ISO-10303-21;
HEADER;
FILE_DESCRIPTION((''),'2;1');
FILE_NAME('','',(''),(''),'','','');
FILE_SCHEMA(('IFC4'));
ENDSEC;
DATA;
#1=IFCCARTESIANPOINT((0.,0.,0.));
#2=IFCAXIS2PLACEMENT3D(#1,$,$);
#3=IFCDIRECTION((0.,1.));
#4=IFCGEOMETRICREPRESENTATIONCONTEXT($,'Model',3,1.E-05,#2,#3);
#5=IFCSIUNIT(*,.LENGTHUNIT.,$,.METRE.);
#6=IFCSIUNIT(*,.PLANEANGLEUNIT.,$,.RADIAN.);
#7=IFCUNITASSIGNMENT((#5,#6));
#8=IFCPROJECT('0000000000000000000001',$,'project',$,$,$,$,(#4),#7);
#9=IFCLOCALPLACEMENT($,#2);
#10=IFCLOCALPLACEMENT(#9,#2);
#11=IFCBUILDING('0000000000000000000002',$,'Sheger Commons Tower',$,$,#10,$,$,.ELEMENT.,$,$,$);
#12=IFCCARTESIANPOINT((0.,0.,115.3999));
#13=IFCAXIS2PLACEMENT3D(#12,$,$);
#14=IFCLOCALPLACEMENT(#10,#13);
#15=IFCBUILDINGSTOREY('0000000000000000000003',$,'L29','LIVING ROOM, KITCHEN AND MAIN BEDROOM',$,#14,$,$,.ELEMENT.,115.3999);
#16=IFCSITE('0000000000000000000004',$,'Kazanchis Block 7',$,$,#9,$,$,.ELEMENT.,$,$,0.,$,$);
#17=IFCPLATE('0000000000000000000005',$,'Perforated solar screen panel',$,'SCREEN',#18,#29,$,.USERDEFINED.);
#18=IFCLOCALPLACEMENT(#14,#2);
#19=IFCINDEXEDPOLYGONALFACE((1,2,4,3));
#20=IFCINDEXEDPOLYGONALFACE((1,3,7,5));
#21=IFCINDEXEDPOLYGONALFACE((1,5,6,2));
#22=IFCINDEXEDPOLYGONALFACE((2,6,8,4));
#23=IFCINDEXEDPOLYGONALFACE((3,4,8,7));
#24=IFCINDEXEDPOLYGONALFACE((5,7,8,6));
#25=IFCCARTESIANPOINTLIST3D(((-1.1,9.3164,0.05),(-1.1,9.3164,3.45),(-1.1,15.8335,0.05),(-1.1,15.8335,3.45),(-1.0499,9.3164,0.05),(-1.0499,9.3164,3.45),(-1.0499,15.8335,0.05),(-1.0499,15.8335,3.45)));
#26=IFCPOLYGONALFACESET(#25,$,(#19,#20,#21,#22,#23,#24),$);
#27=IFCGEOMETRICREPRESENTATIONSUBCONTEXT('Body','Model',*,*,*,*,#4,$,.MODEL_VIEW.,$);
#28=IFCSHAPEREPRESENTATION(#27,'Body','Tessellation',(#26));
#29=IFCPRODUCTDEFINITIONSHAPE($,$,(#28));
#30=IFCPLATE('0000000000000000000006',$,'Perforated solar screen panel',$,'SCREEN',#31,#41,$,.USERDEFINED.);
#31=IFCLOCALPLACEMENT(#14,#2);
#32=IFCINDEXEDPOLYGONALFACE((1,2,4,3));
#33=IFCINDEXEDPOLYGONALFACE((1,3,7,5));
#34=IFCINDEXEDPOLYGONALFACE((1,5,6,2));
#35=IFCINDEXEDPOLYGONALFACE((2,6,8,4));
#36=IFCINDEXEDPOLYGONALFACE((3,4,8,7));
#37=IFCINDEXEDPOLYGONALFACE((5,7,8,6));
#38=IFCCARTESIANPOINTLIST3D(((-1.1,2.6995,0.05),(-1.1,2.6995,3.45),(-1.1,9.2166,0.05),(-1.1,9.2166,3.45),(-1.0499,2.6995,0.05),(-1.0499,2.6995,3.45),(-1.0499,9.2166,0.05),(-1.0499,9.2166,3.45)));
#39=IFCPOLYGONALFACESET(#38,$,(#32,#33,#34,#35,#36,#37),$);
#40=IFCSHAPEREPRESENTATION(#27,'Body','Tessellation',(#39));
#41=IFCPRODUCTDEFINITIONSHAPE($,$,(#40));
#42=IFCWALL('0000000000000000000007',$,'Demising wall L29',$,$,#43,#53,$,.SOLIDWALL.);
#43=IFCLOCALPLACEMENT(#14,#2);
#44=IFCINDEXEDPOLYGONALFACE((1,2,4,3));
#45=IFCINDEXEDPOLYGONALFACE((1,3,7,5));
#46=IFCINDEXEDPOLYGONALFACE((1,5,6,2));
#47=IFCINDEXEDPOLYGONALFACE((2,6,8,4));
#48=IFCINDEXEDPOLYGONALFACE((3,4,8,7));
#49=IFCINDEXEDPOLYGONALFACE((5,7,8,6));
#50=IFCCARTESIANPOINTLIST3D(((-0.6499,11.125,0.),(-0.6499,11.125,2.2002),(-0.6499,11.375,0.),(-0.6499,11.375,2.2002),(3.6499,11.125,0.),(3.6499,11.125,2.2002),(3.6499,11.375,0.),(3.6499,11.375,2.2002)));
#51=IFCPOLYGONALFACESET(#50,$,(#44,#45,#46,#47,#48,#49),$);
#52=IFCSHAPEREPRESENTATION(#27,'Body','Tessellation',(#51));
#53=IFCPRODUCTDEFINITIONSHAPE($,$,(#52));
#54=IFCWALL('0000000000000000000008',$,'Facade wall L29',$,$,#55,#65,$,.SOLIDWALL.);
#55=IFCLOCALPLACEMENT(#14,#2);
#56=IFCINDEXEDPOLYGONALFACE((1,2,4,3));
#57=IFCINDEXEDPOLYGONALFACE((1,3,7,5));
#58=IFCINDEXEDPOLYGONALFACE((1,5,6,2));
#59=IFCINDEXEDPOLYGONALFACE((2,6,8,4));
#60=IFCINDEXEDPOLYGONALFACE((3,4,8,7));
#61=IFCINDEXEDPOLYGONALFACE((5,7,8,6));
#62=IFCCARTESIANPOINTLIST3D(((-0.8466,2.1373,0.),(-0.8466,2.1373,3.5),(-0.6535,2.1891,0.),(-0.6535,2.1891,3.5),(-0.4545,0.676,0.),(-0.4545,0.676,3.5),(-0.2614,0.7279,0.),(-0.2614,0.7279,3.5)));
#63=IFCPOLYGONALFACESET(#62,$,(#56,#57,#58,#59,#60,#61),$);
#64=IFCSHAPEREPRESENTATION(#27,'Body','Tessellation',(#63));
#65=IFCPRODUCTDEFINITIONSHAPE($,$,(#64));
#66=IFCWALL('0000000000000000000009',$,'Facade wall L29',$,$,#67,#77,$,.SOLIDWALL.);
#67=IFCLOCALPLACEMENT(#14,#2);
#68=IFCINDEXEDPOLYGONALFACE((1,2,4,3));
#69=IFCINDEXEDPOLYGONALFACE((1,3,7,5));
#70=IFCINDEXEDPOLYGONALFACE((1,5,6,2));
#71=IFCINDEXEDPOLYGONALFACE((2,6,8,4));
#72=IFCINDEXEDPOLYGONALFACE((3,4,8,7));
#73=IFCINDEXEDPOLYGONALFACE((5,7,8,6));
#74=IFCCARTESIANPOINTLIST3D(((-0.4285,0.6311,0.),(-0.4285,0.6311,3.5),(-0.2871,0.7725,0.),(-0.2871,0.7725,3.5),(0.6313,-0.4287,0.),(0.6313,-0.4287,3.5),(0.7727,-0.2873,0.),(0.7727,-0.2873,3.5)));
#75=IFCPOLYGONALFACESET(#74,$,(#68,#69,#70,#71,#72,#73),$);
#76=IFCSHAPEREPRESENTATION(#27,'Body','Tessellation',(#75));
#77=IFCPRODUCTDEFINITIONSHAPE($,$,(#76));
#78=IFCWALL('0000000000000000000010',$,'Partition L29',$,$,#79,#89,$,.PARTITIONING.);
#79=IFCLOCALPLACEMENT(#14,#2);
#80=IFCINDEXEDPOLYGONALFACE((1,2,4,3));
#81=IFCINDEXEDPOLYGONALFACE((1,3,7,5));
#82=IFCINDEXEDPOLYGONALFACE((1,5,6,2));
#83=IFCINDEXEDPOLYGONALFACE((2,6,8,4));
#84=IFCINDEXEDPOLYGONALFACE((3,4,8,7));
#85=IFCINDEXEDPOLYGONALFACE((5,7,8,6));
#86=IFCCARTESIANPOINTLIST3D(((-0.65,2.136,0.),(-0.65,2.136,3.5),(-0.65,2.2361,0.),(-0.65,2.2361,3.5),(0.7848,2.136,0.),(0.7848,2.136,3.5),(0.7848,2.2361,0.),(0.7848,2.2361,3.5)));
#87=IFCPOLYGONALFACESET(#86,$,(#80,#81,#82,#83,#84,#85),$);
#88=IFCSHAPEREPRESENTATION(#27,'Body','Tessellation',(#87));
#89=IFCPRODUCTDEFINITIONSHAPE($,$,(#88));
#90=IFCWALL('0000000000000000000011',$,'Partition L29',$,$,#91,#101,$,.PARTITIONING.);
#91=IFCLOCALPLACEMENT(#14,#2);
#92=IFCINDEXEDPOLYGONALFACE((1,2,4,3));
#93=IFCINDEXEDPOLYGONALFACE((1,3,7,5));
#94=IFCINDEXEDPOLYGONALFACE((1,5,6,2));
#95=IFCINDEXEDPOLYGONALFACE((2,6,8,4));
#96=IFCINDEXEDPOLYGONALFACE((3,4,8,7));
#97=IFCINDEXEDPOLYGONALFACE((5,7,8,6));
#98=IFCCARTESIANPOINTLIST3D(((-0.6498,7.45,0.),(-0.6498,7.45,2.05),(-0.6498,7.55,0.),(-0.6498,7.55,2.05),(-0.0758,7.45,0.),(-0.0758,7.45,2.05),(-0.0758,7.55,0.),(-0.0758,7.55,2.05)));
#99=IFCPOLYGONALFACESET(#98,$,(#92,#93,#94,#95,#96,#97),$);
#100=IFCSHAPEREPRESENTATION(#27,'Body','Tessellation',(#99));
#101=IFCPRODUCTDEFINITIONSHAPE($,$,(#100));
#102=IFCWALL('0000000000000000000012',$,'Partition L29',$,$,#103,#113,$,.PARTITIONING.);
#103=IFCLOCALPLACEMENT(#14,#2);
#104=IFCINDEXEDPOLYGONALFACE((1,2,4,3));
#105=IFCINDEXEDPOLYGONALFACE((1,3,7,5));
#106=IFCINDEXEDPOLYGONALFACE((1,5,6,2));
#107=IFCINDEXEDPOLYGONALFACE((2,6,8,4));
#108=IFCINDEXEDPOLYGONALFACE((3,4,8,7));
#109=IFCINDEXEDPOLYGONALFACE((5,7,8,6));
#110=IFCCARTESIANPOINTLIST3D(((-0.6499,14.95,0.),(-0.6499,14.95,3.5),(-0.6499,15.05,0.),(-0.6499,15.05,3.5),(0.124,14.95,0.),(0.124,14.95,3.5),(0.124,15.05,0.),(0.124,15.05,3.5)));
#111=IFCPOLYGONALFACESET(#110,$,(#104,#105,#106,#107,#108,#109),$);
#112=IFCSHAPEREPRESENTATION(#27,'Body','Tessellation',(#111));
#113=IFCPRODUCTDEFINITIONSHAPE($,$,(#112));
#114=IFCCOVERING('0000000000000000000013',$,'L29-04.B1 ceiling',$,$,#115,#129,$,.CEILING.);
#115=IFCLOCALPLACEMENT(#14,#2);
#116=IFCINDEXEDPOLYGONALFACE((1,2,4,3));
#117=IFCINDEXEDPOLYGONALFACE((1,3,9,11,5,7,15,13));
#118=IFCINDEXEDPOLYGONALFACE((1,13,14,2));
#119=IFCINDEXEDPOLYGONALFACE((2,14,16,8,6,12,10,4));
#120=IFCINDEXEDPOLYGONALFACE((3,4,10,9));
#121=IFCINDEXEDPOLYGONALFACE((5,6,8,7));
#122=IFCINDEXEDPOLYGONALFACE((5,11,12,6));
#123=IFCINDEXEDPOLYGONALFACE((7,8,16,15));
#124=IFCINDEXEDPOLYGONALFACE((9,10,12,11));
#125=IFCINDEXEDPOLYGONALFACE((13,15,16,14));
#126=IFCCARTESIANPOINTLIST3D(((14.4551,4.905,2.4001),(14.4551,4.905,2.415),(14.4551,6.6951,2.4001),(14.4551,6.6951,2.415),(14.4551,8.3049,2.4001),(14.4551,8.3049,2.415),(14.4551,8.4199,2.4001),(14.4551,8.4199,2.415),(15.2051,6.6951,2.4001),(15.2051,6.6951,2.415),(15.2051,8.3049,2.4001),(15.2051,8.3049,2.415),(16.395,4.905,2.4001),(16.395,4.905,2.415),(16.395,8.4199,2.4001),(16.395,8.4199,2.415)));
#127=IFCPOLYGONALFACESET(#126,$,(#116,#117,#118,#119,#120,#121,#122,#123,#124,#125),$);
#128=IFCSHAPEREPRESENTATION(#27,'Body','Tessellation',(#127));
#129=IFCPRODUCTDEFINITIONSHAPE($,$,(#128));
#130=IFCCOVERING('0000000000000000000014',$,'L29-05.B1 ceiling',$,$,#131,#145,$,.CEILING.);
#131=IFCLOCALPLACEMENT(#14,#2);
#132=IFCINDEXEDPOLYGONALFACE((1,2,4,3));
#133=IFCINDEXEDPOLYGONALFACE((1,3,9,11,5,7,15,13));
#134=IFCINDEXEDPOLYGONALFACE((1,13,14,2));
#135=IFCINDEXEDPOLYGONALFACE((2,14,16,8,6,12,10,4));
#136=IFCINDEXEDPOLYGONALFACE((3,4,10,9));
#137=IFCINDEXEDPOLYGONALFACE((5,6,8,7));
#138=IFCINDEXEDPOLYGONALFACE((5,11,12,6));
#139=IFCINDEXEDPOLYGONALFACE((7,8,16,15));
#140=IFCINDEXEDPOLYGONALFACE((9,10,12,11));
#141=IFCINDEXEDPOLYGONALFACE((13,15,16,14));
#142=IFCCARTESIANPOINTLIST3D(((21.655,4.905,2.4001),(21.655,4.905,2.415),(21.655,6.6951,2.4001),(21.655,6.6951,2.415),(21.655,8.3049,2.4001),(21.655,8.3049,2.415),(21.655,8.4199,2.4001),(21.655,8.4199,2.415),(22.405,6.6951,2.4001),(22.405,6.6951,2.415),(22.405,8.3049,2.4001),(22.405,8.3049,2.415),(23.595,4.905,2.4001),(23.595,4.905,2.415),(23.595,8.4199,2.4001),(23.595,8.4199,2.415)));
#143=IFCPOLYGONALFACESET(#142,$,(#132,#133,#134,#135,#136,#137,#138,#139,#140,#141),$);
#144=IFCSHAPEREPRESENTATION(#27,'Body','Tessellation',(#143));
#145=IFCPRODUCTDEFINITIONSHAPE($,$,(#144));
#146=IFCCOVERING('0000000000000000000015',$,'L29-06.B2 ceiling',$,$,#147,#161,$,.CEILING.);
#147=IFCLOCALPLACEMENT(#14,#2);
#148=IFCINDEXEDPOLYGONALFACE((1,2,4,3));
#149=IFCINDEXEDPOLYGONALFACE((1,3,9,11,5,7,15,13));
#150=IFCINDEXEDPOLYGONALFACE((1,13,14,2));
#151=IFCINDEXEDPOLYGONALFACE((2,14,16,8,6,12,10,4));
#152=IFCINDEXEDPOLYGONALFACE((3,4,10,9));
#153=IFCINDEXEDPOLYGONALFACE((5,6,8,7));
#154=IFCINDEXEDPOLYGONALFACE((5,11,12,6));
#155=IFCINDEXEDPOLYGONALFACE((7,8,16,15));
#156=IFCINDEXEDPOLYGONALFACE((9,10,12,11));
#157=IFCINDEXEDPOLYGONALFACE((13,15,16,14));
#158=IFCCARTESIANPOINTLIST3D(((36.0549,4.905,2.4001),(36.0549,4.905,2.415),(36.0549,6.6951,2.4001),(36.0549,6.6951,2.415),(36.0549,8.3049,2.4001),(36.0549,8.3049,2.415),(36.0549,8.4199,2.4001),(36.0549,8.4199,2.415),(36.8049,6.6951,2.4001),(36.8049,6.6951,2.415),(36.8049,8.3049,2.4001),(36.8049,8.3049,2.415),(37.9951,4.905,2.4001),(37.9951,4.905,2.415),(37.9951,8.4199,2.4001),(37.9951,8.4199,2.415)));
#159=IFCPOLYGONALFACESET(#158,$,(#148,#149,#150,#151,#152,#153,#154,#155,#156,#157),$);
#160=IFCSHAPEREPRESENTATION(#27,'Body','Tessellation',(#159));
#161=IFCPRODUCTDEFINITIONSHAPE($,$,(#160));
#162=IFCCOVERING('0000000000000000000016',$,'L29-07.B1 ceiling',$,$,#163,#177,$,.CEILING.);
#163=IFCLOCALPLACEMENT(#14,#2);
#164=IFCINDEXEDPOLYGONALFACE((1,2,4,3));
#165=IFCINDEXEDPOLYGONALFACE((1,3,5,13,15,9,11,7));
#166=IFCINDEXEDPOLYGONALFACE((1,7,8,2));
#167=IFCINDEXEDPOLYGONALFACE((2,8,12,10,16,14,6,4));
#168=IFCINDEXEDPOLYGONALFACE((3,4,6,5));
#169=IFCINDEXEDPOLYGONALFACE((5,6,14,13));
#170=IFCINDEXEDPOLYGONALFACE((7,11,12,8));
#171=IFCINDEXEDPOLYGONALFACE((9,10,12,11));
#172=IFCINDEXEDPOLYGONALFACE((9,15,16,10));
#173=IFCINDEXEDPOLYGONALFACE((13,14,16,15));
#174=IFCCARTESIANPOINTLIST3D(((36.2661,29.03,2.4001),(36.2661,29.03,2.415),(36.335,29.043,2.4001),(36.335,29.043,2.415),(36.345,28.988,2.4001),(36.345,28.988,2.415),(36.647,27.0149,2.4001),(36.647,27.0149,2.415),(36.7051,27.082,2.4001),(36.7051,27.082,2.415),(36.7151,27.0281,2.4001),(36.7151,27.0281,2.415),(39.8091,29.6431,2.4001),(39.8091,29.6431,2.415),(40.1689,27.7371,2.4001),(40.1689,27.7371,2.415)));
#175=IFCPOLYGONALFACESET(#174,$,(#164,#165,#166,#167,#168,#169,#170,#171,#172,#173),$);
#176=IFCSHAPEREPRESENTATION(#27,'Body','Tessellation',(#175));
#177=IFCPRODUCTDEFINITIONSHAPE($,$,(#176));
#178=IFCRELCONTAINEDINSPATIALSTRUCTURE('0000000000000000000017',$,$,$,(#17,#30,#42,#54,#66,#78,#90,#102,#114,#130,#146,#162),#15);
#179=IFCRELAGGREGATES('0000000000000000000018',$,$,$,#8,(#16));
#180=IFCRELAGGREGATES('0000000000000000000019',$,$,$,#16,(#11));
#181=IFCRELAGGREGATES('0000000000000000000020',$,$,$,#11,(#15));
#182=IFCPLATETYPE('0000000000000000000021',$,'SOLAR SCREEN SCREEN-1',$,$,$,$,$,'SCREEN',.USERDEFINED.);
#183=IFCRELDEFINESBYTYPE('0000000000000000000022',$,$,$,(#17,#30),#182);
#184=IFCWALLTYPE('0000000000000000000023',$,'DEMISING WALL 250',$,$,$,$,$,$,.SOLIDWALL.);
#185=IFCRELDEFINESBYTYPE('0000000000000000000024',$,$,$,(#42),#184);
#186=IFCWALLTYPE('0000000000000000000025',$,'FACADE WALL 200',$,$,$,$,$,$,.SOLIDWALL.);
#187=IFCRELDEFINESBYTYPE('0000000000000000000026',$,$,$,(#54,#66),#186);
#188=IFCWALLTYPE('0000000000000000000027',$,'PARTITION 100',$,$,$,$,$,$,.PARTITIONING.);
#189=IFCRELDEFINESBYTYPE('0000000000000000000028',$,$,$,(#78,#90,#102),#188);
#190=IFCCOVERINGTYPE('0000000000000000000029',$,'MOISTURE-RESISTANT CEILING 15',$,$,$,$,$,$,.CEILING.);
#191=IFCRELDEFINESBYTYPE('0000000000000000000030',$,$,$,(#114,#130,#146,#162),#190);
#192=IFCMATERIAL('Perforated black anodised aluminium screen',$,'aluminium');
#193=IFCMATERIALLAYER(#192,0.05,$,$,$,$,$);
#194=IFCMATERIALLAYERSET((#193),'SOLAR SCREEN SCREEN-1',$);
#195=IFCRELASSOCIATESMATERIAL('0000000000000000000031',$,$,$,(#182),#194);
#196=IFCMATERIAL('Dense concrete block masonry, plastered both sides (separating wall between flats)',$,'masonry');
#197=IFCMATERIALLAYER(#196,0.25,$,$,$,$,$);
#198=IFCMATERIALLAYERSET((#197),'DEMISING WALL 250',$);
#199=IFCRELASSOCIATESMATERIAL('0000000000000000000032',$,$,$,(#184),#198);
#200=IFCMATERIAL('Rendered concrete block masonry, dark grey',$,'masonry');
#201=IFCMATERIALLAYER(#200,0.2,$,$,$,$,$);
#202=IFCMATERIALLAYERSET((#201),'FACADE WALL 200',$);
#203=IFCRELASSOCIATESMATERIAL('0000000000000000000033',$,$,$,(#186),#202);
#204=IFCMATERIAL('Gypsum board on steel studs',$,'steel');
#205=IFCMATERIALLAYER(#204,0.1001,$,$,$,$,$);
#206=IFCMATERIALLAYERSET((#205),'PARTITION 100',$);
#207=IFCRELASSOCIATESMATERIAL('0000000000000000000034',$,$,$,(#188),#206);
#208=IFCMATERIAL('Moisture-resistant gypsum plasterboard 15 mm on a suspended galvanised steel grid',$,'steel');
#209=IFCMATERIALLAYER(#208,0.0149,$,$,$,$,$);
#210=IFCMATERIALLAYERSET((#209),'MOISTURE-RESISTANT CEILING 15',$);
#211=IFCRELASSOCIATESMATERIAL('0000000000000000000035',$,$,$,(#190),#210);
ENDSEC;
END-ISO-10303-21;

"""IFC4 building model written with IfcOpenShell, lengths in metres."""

from ifc_helpers import new_model, si_unit, direction, frame, frame_2d, origin, origin_2d, place, context, subcontext, project, spatial, polyline, rectangle, outline, extrude, material, layer, layer_set, type_object, element, save


model = new_model("IFC4")

# Units and contexts
model_context = context("Model", 3, precision=1e-05, world=origin(), true_north=direction((0.0, 1.0)))
body_context = subcontext(model_context, "Body", "Model", "MODEL_VIEW")
ifc_project = project(units=[si_unit("LENGTHUNIT", "METRE"), si_unit("PLANEANGLEUNIT", "RADIAN")], contexts=[model_context])

# Site, building, storey
site_placement = place(None, origin())
site = spatial("IfcSite", under=ifc_project, at=site_placement, Name="Kazanchis Block 7", CompositionType="ELEMENT", RefElevation=0.0)
building_placement = place(site_placement, origin())
building = spatial("IfcBuilding", under=site, at=building_placement, Name="Sheger Commons Tower", CompositionType="ELEMENT")
storey_placement = place(building_placement, frame((0.0, 0.0, 115.3999)))
storey = spatial("IfcBuildingStorey", under=building, at=storey_placement, Name="L29", Description="LIVING ROOM, KITCHEN AND MAIN BEDROOM", CompositionType="ELEMENT", Elevation=115.3999)

# Plates
ifc_material_1 = material(Name="Perforated black anodised aluminium screen", Category="aluminium")
ifc_layer_1 = layer(ifc_material_1, 0.05)
ifc_layer_set_1 = layer_set([ifc_layer_1], Name="SOLAR SCREEN SCREEN-1")
plate_type = type_object("IfcPlateType", Name="SOLAR SCREEN SCREEN-1", ElementType="SCREEN", PredefinedType="USERDEFINED", material=ifc_layer_set_1)
for number, where, z_axis, x_axis, name in (
    (1, (-1.075, 12.575, 0.05), (0.0, 0.0, 1.0), (0.0, -1.0, 0.0), "Perforated solar screen panel"),
    (2, (-1.075, 5.958, 0.05), (0.0, 0.0, 1.0), (0.0, -1.0, 0.0), "Perforated solar screen panel"),
):
    element("IfcPlate", number, at=place(storey_placement, frame(where, z_axis=z_axis, x_axis=x_axis)), inside=storey, type_object=plate_type, Name=name, ObjectType="SCREEN", PredefinedType="USERDEFINED", context=body_context, shape_type="SweptSolid", body=[
        extrude(rectangle(XDim=6.5171, YDim=0.05, at=origin_2d()), origin(), (0.0, 0.0, 1.0), 3.3999),
    ])

# Walls
ifc_material_2 = material(Name="Dense concrete block masonry, plastered both sides (separating wall between flats)", Category="masonry")
ifc_layer_2 = layer(ifc_material_2, 0.25)
ifc_layer_set_2 = layer_set([ifc_layer_2], Name="DEMISING WALL 250")
wall_type_1 = type_object("IfcWallType", Name="DEMISING WALL 250", PredefinedType="SOLIDWALL", material=ifc_layer_set_2)
wall_1_placement = place(storey_placement, frame((-0.6499, 11.25, 0.0), z_axis=(0.0, 0.0, 1.0), x_axis=(1.0, 0.0, 0.0)))
element("IfcWall", 3, at=wall_1_placement, inside=storey, type_object=wall_type_1, Name="Demising wall L29", PredefinedType="SOLIDWALL", context=body_context, shape_type="SweptSolid", body=[
    extrude(rectangle(XDim=4.2998, YDim=0.25, at=frame_2d((2.1499, 0.0))), origin(), (0.0, 0.0, 1.0), 2.2002),
])
ifc_material_3 = material(Name="Rendered concrete block masonry, dark grey", Category="masonry")
ifc_layer_3 = layer(ifc_material_3, 0.2)
ifc_layer_set_3 = layer_set([ifc_layer_3], Name="FACADE WALL 200")
wall_type_2 = type_object("IfcWallType", Name="FACADE WALL 200", PredefinedType="SOLIDWALL", material=ifc_layer_set_3)
wall_2_placement = place(storey_placement, frame((-0.75, 2.1631, 0.0), z_axis=(0.0, 0.0, 1.0), x_axis=(0.259169, -0.965832, 0.0)))
element("IfcWall", 4, at=wall_2_placement, inside=storey, type_object=wall_type_2, Name="Facade wall L29", PredefinedType="SOLIDWALL", context=body_context, shape_type="SweptSolid", body=[
    extrude(rectangle(XDim=1.5129, YDim=0.2, at=frame_2d((0.7563, 0.0))), origin(), (0.0, 0.0, 1.0), 3.5),
])
wall_3_placement = place(storey_placement, frame((-0.3579, 0.7019, 0.0), z_axis=(0.0, 0.0, 1.0), x_axis=(0.707107, -0.707107, 0.0)))
element("IfcWall", 5, at=wall_3_placement, inside=storey, type_object=wall_type_2, Name="Facade wall L29", PredefinedType="SOLIDWALL", context=body_context, shape_type="SweptSolid", body=[
    extrude(rectangle(XDim=1.4988, YDim=0.2, at=frame_2d((0.7495, 0.0))), origin(), (0.0, 0.0, 1.0), 3.5),
])
ifc_material_4 = material(Name="Gypsum board on steel studs", Category="steel")
ifc_layer_4 = layer(ifc_material_4, 0.1001)
ifc_layer_set_4 = layer_set([ifc_layer_4], Name="PARTITION 100")
wall_type_3 = type_object("IfcWallType", Name="PARTITION 100", PredefinedType="PARTITIONING", material=ifc_layer_set_4)
wall_4_placement = place(storey_placement, frame((-0.6499, 2.186, 0.0), z_axis=(0.0, 0.0, 1.0), x_axis=(1.0, 0.0, 0.0)))
element("IfcWall", 6, at=wall_4_placement, inside=storey, type_object=wall_type_3, Name="Partition L29", PredefinedType="PARTITIONING", context=body_context, shape_type="SweptSolid", body=[
    extrude(rectangle(XDim=1.4348, YDim=0.1001, at=frame_2d((0.7173, 0.0))), origin(), (0.0, 0.0, 1.0), 3.5),
])
wall_5_placement = place(storey_placement, frame((-0.6499, 7.5, 0.0), z_axis=(0.0, 0.0, 1.0), x_axis=(1.0, 0.0, 0.0)))
element("IfcWall", 7, at=wall_5_placement, inside=storey, type_object=wall_type_3, Name="Partition L29", PredefinedType="PARTITIONING", context=body_context, shape_type="SweptSolid", body=[
    extrude(rectangle(XDim=0.574, YDim=0.1001, at=frame_2d((0.2871, 0.0))), origin(), (0.0, 0.0, 1.0), 2.05),
])
wall_6_placement = place(storey_placement, frame((-0.6499, 15.0, 0.0), z_axis=(0.0, 0.0, 1.0), x_axis=(1.0, 0.0, 0.0)))
element("IfcWall", 8, at=wall_6_placement, inside=storey, type_object=wall_type_3, Name="Partition L29", PredefinedType="PARTITIONING", context=body_context, shape_type="SweptSolid", body=[
    extrude(rectangle(XDim=0.7739, YDim=0.1001, at=frame_2d((0.387, 0.0))), origin(), (0.0, 0.0, 1.0), 3.5),
])

# Coverings
ifc_material_5 = material(Name="Moisture-resistant gypsum plasterboard 15 mm on a suspended galvanised steel grid", Category="steel")
ifc_layer_5 = layer(ifc_material_5, 0.0149)
ifc_layer_set_5 = layer_set([ifc_layer_5], Name="MOISTURE-RESISTANT CEILING 15")
covering_type_1 = type_object("IfcCoveringType", Name="MOISTURE-RESISTANT CEILING 15", PredefinedType="CEILING", material=ifc_layer_set_5)
covering_1_placement = place(storey_placement, frame((0.0, 0.0, 2.4001)))
element("IfcCovering", 9, at=covering_1_placement, inside=storey, type_object=covering_type_1, Name="L29-04.B1 ceiling", PredefinedType="CEILING", context=body_context, shape_type="SweptSolid", body=[
    extrude(outline(polyline([(14.4551, 4.905), (16.395, 4.905), (16.395, 8.4199), (14.4551, 8.4199), (14.4551, 8.3049), (15.2051, 8.3049), (15.2051, 6.6951), (14.4551, 6.6951), (14.4551, 4.905)])), origin(), (0.0, 0.0, 1.0), 0.0149),
])
covering_2_placement = place(storey_placement, frame((0.0, 0.0, 2.4001)))
element("IfcCovering", 10, at=covering_2_placement, inside=storey, type_object=covering_type_1, Name="L29-05.B1 ceiling", PredefinedType="CEILING", context=body_context, shape_type="SweptSolid", body=[
    extrude(outline(polyline([(21.655, 4.905), (23.595, 4.905), (23.595, 8.4199), (21.655, 8.4199), (21.655, 8.3049), (22.405, 8.3049), (22.405, 6.6951), (21.655, 6.6951), (21.655, 4.905)])), origin(), (0.0, 0.0, 1.0), 0.0149),
])
covering_3_placement = place(storey_placement, frame((0.0, 0.0, 2.4001)))
element("IfcCovering", 11, at=covering_3_placement, inside=storey, type_object=covering_type_1, Name="L29-06.B2 ceiling", PredefinedType="CEILING", context=body_context, shape_type="SweptSolid", body=[
    extrude(outline(polyline([(36.0549, 4.905), (37.9951, 4.905), (37.9951, 8.4199), (36.0549, 8.4199), (36.0549, 8.3049), (36.8049, 8.3049), (36.8049, 6.6951), (36.0549, 6.6951), (36.0549, 4.905)])), origin(), (0.0, 0.0, 1.0), 0.0149),
])
covering_4_placement = place(storey_placement, frame((0.0, 0.0, 2.4001)))
element("IfcCovering", 12, at=covering_4_placement, inside=storey, type_object=covering_type_1, Name="L29-07.B1 ceiling", PredefinedType="CEILING", context=body_context, shape_type="SweptSolid", body=[
    extrude(outline(polyline([(36.647, 27.0149), (36.7151, 27.0281), (36.7051, 27.082), (40.1689, 27.7371), (39.8091, 29.6431), (36.345, 28.988), (36.335, 29.043), (36.2661, 29.03), (36.647, 27.0149)])), origin(), (0.0, 0.0, 1.0), 0.0149),
])

save(model, "model.ifc")
